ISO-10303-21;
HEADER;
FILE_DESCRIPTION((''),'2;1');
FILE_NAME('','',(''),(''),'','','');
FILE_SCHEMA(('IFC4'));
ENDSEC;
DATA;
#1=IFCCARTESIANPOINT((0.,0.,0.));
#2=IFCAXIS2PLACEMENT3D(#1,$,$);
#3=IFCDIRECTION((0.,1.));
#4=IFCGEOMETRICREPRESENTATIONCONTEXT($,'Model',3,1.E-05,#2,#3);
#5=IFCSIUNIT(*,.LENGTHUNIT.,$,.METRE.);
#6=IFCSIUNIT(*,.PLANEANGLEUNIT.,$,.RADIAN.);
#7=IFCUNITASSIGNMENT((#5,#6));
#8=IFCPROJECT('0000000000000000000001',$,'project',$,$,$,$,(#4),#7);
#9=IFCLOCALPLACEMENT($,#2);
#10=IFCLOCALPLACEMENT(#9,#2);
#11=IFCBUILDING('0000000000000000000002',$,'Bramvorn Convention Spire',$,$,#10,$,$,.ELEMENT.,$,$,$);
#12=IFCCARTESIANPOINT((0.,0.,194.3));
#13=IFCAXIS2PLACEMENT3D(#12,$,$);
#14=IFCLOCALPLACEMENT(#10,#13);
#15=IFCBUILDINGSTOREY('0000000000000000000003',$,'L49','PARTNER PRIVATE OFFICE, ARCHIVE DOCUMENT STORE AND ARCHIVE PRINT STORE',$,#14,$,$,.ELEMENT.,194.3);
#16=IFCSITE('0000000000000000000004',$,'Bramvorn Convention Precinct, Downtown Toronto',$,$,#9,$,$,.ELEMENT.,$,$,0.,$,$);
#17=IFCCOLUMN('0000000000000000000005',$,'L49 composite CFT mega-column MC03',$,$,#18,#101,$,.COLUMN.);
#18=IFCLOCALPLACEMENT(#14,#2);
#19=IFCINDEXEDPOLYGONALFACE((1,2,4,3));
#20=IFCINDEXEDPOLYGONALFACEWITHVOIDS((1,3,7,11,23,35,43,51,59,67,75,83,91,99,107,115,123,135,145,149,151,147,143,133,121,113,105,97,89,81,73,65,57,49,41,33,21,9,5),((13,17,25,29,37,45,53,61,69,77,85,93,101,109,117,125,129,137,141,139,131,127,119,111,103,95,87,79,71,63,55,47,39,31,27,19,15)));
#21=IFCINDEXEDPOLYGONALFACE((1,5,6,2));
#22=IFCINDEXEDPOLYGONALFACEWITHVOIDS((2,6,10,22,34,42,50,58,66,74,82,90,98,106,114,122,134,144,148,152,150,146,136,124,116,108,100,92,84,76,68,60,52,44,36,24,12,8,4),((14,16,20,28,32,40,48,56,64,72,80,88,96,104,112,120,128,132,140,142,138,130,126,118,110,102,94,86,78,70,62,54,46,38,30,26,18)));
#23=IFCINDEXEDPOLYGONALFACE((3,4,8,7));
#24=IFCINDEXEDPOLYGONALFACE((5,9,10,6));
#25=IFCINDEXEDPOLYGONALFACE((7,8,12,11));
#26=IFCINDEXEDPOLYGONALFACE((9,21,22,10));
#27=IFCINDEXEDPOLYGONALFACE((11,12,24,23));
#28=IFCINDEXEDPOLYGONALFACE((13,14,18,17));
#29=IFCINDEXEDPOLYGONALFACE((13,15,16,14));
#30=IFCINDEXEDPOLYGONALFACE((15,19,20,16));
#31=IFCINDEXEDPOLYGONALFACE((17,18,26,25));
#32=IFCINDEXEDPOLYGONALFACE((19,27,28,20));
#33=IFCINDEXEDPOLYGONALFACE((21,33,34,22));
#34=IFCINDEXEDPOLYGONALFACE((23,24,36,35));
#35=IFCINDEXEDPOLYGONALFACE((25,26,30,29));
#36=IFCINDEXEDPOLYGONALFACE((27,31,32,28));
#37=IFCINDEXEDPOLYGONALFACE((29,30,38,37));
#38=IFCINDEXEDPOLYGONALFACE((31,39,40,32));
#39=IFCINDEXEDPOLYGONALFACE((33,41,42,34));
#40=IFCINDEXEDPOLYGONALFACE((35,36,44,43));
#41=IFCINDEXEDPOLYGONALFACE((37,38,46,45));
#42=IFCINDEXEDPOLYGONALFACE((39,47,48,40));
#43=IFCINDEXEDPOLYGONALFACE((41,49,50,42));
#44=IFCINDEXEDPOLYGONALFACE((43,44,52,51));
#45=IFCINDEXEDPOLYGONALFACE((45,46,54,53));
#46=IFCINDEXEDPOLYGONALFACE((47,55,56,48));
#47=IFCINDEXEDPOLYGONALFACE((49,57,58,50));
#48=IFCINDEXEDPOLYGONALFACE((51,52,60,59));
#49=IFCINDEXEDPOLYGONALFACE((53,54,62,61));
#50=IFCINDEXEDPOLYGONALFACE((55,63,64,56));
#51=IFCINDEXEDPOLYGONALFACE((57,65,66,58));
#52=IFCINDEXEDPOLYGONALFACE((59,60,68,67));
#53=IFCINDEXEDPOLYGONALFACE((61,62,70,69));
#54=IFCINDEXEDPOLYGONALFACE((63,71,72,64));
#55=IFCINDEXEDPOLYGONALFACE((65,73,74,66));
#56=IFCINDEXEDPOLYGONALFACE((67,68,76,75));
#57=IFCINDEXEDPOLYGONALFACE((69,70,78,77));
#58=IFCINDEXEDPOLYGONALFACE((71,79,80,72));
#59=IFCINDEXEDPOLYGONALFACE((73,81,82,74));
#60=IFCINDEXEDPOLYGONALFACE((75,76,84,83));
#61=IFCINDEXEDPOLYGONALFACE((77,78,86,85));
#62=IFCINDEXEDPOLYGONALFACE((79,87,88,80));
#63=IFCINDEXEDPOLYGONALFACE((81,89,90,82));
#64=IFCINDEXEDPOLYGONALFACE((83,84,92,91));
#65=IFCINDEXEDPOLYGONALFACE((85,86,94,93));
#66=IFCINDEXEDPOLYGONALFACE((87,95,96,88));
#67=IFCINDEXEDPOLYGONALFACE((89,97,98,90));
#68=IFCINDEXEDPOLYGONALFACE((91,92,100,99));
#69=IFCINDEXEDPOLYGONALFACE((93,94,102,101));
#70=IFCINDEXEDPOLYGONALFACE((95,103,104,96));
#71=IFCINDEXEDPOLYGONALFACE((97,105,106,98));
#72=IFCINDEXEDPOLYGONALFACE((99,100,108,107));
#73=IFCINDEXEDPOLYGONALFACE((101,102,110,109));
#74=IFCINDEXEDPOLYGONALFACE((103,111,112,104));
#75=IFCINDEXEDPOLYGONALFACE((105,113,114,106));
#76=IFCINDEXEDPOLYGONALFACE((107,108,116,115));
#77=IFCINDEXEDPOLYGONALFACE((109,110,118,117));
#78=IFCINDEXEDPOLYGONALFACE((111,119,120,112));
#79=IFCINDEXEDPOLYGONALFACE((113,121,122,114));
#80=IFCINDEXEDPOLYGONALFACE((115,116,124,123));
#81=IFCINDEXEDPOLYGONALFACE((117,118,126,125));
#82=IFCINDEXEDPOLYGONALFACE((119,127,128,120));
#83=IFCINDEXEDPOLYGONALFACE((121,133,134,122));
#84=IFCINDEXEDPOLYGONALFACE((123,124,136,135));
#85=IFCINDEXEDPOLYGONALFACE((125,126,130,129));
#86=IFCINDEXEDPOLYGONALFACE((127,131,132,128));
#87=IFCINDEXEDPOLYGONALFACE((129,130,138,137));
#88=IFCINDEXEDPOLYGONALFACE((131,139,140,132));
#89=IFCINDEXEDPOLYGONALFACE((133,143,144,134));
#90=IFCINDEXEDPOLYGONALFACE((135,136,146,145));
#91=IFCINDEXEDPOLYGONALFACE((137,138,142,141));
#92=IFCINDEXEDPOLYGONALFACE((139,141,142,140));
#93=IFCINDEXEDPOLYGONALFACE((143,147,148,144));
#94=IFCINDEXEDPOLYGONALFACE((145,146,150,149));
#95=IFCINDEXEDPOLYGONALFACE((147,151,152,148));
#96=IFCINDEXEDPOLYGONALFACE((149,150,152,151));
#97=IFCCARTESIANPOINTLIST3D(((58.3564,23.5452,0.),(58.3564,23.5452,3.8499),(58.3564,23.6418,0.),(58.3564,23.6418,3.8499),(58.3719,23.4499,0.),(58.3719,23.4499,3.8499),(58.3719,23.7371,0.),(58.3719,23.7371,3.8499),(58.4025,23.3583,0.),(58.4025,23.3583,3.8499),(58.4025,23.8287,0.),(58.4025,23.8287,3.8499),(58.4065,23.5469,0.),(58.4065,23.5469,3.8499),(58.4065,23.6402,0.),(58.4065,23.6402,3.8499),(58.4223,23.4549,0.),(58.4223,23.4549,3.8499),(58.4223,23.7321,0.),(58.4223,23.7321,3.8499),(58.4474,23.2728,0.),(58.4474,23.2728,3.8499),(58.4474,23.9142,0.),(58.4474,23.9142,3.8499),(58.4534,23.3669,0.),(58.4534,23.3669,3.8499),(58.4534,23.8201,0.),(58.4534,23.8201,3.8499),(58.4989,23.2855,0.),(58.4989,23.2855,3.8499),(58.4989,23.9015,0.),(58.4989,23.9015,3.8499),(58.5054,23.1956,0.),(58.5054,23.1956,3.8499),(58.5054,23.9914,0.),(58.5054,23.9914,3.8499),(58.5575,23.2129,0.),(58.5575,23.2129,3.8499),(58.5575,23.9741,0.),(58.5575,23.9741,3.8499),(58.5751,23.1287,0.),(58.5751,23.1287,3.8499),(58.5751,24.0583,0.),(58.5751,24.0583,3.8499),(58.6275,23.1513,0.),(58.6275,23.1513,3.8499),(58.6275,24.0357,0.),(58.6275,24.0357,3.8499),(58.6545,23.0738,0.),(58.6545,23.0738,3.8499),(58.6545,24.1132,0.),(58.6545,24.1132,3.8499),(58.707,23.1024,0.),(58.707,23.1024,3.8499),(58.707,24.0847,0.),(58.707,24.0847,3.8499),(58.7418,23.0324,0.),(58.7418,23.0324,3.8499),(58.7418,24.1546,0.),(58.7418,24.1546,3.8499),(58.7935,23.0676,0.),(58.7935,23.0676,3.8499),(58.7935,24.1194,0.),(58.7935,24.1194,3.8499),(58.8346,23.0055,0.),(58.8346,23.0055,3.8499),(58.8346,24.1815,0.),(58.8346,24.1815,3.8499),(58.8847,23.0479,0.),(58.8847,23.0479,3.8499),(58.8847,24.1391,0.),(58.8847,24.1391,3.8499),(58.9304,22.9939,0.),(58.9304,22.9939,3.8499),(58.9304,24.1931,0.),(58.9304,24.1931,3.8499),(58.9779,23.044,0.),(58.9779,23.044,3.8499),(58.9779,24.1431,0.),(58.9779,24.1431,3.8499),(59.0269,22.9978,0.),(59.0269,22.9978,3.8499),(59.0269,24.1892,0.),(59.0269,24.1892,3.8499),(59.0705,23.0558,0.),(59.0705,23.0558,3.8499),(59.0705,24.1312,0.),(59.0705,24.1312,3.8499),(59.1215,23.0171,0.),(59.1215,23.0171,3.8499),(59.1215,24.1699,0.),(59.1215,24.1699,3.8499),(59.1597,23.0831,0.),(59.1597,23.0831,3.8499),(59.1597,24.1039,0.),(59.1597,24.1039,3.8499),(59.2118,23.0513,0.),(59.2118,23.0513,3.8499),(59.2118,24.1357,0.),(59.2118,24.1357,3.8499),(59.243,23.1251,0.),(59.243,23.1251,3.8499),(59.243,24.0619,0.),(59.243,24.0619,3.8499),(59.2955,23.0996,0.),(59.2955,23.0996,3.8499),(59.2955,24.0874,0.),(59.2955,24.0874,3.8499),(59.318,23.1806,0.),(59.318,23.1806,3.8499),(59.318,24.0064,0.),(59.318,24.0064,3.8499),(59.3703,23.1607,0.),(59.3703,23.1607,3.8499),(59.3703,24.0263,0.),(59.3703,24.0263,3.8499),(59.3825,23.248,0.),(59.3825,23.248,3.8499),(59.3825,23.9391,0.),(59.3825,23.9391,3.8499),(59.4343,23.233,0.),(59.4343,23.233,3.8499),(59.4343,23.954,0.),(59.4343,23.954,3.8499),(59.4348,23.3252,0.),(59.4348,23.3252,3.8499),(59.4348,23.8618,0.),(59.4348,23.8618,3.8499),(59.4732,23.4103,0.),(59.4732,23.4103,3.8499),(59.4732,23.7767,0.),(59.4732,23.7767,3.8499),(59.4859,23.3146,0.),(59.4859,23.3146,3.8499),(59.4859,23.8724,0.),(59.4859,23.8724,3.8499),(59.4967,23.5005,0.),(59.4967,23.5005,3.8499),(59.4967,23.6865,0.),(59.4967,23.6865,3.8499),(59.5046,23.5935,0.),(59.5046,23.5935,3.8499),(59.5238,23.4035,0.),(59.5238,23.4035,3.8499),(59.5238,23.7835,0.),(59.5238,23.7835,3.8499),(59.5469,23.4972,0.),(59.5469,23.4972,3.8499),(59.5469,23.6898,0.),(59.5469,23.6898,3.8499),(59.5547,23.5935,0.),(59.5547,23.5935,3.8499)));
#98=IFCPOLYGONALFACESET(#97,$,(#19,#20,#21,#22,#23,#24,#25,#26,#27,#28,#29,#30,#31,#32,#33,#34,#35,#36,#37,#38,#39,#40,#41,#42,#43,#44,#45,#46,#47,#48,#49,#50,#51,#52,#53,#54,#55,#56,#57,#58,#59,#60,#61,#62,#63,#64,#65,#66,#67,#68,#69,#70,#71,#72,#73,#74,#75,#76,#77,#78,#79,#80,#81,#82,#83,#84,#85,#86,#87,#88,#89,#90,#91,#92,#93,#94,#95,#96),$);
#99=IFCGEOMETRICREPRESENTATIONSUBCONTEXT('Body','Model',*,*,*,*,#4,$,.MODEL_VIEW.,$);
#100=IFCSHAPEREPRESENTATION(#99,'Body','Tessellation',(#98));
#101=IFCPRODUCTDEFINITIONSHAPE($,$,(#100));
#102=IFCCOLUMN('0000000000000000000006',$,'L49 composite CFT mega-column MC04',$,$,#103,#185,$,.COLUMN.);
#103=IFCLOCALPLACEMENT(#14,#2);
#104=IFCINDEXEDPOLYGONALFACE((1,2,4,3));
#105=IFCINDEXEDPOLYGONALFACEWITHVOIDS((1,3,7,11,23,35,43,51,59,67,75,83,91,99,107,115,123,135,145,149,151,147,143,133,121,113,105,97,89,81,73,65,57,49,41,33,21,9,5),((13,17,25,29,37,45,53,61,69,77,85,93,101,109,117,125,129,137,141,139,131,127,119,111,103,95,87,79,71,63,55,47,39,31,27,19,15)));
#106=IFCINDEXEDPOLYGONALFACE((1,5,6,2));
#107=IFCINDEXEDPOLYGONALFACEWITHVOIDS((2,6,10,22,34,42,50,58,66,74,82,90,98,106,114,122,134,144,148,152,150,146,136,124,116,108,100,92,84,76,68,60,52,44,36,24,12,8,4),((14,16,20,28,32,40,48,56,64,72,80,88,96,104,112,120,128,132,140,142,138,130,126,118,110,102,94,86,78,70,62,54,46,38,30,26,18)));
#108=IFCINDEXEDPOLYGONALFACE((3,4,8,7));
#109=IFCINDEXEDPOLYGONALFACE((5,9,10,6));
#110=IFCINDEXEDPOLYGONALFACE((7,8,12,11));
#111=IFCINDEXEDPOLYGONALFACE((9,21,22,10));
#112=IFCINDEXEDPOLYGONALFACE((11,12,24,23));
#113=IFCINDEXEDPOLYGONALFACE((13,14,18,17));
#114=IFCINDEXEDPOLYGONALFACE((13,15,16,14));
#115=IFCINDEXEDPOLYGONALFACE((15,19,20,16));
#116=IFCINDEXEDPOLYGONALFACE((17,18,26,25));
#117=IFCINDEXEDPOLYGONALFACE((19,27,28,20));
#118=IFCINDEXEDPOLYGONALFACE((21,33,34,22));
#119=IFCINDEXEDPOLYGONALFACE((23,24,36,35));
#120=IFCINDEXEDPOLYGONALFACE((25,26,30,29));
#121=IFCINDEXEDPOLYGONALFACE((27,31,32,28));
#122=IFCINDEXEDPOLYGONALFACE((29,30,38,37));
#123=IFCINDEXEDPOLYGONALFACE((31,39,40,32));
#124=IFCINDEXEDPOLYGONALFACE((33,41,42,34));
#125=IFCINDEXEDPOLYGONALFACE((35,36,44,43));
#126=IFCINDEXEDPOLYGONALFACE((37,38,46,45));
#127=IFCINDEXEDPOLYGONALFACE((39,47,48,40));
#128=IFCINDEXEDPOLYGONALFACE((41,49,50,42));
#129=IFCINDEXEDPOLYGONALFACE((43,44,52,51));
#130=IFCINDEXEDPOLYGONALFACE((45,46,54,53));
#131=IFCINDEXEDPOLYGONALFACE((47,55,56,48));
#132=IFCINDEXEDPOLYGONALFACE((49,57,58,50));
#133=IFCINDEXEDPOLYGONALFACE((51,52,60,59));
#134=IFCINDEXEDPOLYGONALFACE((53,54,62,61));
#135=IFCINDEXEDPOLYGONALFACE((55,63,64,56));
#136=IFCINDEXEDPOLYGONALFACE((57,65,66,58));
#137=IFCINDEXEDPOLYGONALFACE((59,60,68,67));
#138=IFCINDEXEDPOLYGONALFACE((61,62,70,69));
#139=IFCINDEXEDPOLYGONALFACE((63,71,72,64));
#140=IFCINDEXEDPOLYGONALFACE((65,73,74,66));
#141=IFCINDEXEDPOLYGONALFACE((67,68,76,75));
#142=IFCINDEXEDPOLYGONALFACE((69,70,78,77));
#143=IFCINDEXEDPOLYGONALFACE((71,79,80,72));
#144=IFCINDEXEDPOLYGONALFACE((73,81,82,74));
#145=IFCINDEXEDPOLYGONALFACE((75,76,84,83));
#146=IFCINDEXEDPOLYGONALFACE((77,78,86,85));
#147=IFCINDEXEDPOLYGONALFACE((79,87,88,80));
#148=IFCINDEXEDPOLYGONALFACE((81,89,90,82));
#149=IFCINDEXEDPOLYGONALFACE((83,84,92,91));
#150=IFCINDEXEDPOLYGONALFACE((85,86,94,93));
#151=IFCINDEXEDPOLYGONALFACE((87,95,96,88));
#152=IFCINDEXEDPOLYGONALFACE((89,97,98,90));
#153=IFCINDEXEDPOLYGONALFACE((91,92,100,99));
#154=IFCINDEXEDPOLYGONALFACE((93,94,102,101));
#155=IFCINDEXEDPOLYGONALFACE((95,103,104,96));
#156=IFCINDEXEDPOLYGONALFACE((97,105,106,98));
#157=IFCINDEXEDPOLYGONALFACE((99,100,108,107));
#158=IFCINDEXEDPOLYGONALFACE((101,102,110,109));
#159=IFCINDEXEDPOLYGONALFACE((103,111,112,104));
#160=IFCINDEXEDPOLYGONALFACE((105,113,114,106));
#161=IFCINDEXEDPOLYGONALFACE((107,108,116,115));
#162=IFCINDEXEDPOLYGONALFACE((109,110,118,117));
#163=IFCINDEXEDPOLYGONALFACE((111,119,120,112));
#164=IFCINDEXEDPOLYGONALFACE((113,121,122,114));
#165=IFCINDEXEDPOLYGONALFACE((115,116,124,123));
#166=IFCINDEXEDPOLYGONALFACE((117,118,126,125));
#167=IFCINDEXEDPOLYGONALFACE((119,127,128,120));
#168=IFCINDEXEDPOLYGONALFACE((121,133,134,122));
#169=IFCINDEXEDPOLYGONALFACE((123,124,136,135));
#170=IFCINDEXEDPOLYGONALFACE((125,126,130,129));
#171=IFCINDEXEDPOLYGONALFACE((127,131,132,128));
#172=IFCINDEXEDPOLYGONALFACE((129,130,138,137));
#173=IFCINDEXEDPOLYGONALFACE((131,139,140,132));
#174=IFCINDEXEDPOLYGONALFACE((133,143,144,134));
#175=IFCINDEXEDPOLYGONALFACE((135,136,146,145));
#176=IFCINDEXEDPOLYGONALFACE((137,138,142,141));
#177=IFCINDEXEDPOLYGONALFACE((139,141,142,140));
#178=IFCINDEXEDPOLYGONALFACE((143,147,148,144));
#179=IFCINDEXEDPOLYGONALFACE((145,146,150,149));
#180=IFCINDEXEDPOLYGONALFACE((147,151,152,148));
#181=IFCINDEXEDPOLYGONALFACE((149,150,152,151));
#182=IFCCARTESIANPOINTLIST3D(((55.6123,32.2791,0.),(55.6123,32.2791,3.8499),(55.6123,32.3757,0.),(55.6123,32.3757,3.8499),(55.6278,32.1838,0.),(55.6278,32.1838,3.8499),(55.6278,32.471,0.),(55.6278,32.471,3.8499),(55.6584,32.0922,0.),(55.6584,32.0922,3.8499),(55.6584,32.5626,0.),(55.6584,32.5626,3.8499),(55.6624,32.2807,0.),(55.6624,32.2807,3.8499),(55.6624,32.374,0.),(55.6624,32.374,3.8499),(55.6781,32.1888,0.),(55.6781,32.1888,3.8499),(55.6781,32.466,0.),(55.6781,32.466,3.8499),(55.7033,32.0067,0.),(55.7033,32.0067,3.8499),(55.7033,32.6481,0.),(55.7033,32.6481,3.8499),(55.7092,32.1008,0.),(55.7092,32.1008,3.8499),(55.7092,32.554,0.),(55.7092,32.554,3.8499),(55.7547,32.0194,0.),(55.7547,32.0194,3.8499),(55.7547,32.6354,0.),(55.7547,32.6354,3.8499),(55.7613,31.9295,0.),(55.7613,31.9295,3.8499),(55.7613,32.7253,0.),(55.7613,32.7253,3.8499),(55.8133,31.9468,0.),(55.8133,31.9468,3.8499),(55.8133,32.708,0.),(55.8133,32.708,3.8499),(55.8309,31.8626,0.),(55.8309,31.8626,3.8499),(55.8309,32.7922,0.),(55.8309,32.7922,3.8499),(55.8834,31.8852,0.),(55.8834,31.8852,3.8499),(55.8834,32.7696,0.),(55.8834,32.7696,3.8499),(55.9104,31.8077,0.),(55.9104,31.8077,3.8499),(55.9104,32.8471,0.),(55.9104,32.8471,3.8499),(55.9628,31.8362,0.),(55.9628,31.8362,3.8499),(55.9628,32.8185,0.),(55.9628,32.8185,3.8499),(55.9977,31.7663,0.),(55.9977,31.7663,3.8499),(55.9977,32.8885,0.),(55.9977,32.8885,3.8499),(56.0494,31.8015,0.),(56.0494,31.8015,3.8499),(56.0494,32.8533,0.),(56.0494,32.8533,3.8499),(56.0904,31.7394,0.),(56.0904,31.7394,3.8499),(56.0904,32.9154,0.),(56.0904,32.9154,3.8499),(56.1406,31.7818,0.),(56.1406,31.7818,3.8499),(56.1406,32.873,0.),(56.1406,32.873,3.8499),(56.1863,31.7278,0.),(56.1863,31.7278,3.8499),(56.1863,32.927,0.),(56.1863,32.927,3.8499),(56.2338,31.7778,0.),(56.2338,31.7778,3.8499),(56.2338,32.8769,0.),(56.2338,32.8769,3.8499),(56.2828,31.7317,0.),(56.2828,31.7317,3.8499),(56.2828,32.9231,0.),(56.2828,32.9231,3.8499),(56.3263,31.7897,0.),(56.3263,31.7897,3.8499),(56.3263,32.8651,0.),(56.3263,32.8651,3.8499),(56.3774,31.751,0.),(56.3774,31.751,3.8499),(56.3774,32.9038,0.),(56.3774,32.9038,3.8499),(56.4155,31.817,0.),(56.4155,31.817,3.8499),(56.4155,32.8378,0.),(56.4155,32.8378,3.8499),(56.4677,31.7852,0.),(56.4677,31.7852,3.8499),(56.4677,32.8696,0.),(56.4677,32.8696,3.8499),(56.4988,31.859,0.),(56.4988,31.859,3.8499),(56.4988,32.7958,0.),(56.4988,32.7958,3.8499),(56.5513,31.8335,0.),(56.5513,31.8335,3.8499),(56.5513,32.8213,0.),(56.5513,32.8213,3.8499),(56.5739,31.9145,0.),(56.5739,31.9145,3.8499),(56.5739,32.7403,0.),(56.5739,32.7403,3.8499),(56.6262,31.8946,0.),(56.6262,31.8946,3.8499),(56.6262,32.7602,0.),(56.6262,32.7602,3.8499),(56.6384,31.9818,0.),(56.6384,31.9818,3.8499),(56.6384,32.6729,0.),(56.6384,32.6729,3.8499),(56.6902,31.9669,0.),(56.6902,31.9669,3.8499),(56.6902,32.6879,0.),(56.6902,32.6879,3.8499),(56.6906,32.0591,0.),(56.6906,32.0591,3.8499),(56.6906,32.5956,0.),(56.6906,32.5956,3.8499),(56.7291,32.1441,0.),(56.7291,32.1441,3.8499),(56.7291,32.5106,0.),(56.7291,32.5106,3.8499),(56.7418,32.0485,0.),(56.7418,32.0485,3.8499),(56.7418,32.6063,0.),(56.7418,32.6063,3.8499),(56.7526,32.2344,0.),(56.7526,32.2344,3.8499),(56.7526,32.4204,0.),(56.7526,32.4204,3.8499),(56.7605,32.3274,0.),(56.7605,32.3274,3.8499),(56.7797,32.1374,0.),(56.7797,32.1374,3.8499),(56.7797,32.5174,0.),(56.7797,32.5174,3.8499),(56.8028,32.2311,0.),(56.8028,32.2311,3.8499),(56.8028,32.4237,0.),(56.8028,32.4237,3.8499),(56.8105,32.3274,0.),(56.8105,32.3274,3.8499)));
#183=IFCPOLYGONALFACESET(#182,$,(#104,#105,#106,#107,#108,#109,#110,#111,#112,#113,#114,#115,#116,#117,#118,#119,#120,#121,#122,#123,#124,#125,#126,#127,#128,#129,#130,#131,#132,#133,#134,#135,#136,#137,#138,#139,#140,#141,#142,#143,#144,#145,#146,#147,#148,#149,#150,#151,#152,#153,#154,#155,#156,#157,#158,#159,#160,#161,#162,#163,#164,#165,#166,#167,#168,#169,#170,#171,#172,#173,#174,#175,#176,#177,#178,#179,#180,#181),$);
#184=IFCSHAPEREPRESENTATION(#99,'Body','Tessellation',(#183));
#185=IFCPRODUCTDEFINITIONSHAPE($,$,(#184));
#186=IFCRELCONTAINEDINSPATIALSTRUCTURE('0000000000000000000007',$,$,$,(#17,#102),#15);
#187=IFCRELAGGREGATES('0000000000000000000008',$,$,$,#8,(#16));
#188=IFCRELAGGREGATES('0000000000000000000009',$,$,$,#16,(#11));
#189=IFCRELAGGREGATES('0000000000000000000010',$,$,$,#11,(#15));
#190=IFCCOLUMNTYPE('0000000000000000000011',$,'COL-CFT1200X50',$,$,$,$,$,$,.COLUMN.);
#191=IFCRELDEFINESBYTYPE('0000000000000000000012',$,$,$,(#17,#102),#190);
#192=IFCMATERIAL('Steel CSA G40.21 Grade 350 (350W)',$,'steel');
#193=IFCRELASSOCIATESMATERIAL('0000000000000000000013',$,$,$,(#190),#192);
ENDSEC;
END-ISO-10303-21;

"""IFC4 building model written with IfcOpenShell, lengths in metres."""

from ifc_helpers import new_model, si_unit, direction, frame, origin, origin_2d, place, context, subcontext, project, spatial, hollow_circle, extrude, material, material_profile, profile_set, type_object, element, save


model = new_model("IFC4")

# Units and contexts
model_context = context("Model", 3, precision=1e-05, world=origin(), true_north=direction((0.0, 1.0)))
body_context = subcontext(model_context, "Body", "Model", "MODEL_VIEW")
ifc_project = project(units=[si_unit("LENGTHUNIT", "METRE"), si_unit("PLANEANGLEUNIT", "RADIAN")], contexts=[model_context])

# Site, building, storey
site_placement = place(None, origin())
site = spatial("IfcSite", under=ifc_project, at=site_placement, Name="Bramvorn Convention Precinct, Downtown Toronto", CompositionType="ELEMENT", RefElevation=0.0)
building_placement = place(site_placement, origin())
building = spatial("IfcBuilding", under=site, at=building_placement, Name="Bramvorn Convention Spire", CompositionType="ELEMENT")
storey_placement = place(building_placement, frame((0.0, 0.0, 194.3)))
storey = spatial("IfcBuildingStorey", under=building, at=storey_placement, Name="L49", Description="PARTNER PRIVATE OFFICE, ARCHIVE DOCUMENT STORE AND ARCHIVE PRINT STORE", CompositionType="ELEMENT", Elevation=194.3)

# Columns
ifc_material_1 = material(Name="Steel CSA G40.21 Grade 350 (350W)", Category="steel")
ifc_material_profile_1 = material_profile(ifc_material_1, hollow_circle(Radius=0.6001, WallThickness=0.05, at=origin_2d()))
ifc_profile_set_1 = profile_set([ifc_material_profile_1], Name="Steel CSA G40.21 Grade 350 (350W) - CFT1200X50")
column_type = type_object("IfcColumnType", Name="COL-CFT1200X50", PredefinedType="COLUMN", material=ifc_profile_set_1)
for number, where, z_axis, x_axis, name in (
    (1, (58.9546, 23.5935, 0.0), (0.0, 0.0, 1.0), (1.0, 0.0, 0.0), "L49 composite CFT mega-column MC03"),
    (2, (56.2104, 32.3274, 0.0), (0.0, 0.0, 1.0), (1.0, 0.0, 0.0), "L49 composite CFT mega-column MC04"),
):
    element("IfcColumn", number, at=place(storey_placement, frame(where, z_axis=z_axis, x_axis=x_axis)), inside=storey, type_object=column_type, Name=name, PredefinedType="COLUMN", context=body_context, shape_type="SweptSolid", body=[
        extrude(hollow_circle(Radius=0.6001, WallThickness=0.05, at=origin_2d()), origin(), (0.0, 0.0, 1.0), 3.8499),
    ])

save(model, "model.ifc")
